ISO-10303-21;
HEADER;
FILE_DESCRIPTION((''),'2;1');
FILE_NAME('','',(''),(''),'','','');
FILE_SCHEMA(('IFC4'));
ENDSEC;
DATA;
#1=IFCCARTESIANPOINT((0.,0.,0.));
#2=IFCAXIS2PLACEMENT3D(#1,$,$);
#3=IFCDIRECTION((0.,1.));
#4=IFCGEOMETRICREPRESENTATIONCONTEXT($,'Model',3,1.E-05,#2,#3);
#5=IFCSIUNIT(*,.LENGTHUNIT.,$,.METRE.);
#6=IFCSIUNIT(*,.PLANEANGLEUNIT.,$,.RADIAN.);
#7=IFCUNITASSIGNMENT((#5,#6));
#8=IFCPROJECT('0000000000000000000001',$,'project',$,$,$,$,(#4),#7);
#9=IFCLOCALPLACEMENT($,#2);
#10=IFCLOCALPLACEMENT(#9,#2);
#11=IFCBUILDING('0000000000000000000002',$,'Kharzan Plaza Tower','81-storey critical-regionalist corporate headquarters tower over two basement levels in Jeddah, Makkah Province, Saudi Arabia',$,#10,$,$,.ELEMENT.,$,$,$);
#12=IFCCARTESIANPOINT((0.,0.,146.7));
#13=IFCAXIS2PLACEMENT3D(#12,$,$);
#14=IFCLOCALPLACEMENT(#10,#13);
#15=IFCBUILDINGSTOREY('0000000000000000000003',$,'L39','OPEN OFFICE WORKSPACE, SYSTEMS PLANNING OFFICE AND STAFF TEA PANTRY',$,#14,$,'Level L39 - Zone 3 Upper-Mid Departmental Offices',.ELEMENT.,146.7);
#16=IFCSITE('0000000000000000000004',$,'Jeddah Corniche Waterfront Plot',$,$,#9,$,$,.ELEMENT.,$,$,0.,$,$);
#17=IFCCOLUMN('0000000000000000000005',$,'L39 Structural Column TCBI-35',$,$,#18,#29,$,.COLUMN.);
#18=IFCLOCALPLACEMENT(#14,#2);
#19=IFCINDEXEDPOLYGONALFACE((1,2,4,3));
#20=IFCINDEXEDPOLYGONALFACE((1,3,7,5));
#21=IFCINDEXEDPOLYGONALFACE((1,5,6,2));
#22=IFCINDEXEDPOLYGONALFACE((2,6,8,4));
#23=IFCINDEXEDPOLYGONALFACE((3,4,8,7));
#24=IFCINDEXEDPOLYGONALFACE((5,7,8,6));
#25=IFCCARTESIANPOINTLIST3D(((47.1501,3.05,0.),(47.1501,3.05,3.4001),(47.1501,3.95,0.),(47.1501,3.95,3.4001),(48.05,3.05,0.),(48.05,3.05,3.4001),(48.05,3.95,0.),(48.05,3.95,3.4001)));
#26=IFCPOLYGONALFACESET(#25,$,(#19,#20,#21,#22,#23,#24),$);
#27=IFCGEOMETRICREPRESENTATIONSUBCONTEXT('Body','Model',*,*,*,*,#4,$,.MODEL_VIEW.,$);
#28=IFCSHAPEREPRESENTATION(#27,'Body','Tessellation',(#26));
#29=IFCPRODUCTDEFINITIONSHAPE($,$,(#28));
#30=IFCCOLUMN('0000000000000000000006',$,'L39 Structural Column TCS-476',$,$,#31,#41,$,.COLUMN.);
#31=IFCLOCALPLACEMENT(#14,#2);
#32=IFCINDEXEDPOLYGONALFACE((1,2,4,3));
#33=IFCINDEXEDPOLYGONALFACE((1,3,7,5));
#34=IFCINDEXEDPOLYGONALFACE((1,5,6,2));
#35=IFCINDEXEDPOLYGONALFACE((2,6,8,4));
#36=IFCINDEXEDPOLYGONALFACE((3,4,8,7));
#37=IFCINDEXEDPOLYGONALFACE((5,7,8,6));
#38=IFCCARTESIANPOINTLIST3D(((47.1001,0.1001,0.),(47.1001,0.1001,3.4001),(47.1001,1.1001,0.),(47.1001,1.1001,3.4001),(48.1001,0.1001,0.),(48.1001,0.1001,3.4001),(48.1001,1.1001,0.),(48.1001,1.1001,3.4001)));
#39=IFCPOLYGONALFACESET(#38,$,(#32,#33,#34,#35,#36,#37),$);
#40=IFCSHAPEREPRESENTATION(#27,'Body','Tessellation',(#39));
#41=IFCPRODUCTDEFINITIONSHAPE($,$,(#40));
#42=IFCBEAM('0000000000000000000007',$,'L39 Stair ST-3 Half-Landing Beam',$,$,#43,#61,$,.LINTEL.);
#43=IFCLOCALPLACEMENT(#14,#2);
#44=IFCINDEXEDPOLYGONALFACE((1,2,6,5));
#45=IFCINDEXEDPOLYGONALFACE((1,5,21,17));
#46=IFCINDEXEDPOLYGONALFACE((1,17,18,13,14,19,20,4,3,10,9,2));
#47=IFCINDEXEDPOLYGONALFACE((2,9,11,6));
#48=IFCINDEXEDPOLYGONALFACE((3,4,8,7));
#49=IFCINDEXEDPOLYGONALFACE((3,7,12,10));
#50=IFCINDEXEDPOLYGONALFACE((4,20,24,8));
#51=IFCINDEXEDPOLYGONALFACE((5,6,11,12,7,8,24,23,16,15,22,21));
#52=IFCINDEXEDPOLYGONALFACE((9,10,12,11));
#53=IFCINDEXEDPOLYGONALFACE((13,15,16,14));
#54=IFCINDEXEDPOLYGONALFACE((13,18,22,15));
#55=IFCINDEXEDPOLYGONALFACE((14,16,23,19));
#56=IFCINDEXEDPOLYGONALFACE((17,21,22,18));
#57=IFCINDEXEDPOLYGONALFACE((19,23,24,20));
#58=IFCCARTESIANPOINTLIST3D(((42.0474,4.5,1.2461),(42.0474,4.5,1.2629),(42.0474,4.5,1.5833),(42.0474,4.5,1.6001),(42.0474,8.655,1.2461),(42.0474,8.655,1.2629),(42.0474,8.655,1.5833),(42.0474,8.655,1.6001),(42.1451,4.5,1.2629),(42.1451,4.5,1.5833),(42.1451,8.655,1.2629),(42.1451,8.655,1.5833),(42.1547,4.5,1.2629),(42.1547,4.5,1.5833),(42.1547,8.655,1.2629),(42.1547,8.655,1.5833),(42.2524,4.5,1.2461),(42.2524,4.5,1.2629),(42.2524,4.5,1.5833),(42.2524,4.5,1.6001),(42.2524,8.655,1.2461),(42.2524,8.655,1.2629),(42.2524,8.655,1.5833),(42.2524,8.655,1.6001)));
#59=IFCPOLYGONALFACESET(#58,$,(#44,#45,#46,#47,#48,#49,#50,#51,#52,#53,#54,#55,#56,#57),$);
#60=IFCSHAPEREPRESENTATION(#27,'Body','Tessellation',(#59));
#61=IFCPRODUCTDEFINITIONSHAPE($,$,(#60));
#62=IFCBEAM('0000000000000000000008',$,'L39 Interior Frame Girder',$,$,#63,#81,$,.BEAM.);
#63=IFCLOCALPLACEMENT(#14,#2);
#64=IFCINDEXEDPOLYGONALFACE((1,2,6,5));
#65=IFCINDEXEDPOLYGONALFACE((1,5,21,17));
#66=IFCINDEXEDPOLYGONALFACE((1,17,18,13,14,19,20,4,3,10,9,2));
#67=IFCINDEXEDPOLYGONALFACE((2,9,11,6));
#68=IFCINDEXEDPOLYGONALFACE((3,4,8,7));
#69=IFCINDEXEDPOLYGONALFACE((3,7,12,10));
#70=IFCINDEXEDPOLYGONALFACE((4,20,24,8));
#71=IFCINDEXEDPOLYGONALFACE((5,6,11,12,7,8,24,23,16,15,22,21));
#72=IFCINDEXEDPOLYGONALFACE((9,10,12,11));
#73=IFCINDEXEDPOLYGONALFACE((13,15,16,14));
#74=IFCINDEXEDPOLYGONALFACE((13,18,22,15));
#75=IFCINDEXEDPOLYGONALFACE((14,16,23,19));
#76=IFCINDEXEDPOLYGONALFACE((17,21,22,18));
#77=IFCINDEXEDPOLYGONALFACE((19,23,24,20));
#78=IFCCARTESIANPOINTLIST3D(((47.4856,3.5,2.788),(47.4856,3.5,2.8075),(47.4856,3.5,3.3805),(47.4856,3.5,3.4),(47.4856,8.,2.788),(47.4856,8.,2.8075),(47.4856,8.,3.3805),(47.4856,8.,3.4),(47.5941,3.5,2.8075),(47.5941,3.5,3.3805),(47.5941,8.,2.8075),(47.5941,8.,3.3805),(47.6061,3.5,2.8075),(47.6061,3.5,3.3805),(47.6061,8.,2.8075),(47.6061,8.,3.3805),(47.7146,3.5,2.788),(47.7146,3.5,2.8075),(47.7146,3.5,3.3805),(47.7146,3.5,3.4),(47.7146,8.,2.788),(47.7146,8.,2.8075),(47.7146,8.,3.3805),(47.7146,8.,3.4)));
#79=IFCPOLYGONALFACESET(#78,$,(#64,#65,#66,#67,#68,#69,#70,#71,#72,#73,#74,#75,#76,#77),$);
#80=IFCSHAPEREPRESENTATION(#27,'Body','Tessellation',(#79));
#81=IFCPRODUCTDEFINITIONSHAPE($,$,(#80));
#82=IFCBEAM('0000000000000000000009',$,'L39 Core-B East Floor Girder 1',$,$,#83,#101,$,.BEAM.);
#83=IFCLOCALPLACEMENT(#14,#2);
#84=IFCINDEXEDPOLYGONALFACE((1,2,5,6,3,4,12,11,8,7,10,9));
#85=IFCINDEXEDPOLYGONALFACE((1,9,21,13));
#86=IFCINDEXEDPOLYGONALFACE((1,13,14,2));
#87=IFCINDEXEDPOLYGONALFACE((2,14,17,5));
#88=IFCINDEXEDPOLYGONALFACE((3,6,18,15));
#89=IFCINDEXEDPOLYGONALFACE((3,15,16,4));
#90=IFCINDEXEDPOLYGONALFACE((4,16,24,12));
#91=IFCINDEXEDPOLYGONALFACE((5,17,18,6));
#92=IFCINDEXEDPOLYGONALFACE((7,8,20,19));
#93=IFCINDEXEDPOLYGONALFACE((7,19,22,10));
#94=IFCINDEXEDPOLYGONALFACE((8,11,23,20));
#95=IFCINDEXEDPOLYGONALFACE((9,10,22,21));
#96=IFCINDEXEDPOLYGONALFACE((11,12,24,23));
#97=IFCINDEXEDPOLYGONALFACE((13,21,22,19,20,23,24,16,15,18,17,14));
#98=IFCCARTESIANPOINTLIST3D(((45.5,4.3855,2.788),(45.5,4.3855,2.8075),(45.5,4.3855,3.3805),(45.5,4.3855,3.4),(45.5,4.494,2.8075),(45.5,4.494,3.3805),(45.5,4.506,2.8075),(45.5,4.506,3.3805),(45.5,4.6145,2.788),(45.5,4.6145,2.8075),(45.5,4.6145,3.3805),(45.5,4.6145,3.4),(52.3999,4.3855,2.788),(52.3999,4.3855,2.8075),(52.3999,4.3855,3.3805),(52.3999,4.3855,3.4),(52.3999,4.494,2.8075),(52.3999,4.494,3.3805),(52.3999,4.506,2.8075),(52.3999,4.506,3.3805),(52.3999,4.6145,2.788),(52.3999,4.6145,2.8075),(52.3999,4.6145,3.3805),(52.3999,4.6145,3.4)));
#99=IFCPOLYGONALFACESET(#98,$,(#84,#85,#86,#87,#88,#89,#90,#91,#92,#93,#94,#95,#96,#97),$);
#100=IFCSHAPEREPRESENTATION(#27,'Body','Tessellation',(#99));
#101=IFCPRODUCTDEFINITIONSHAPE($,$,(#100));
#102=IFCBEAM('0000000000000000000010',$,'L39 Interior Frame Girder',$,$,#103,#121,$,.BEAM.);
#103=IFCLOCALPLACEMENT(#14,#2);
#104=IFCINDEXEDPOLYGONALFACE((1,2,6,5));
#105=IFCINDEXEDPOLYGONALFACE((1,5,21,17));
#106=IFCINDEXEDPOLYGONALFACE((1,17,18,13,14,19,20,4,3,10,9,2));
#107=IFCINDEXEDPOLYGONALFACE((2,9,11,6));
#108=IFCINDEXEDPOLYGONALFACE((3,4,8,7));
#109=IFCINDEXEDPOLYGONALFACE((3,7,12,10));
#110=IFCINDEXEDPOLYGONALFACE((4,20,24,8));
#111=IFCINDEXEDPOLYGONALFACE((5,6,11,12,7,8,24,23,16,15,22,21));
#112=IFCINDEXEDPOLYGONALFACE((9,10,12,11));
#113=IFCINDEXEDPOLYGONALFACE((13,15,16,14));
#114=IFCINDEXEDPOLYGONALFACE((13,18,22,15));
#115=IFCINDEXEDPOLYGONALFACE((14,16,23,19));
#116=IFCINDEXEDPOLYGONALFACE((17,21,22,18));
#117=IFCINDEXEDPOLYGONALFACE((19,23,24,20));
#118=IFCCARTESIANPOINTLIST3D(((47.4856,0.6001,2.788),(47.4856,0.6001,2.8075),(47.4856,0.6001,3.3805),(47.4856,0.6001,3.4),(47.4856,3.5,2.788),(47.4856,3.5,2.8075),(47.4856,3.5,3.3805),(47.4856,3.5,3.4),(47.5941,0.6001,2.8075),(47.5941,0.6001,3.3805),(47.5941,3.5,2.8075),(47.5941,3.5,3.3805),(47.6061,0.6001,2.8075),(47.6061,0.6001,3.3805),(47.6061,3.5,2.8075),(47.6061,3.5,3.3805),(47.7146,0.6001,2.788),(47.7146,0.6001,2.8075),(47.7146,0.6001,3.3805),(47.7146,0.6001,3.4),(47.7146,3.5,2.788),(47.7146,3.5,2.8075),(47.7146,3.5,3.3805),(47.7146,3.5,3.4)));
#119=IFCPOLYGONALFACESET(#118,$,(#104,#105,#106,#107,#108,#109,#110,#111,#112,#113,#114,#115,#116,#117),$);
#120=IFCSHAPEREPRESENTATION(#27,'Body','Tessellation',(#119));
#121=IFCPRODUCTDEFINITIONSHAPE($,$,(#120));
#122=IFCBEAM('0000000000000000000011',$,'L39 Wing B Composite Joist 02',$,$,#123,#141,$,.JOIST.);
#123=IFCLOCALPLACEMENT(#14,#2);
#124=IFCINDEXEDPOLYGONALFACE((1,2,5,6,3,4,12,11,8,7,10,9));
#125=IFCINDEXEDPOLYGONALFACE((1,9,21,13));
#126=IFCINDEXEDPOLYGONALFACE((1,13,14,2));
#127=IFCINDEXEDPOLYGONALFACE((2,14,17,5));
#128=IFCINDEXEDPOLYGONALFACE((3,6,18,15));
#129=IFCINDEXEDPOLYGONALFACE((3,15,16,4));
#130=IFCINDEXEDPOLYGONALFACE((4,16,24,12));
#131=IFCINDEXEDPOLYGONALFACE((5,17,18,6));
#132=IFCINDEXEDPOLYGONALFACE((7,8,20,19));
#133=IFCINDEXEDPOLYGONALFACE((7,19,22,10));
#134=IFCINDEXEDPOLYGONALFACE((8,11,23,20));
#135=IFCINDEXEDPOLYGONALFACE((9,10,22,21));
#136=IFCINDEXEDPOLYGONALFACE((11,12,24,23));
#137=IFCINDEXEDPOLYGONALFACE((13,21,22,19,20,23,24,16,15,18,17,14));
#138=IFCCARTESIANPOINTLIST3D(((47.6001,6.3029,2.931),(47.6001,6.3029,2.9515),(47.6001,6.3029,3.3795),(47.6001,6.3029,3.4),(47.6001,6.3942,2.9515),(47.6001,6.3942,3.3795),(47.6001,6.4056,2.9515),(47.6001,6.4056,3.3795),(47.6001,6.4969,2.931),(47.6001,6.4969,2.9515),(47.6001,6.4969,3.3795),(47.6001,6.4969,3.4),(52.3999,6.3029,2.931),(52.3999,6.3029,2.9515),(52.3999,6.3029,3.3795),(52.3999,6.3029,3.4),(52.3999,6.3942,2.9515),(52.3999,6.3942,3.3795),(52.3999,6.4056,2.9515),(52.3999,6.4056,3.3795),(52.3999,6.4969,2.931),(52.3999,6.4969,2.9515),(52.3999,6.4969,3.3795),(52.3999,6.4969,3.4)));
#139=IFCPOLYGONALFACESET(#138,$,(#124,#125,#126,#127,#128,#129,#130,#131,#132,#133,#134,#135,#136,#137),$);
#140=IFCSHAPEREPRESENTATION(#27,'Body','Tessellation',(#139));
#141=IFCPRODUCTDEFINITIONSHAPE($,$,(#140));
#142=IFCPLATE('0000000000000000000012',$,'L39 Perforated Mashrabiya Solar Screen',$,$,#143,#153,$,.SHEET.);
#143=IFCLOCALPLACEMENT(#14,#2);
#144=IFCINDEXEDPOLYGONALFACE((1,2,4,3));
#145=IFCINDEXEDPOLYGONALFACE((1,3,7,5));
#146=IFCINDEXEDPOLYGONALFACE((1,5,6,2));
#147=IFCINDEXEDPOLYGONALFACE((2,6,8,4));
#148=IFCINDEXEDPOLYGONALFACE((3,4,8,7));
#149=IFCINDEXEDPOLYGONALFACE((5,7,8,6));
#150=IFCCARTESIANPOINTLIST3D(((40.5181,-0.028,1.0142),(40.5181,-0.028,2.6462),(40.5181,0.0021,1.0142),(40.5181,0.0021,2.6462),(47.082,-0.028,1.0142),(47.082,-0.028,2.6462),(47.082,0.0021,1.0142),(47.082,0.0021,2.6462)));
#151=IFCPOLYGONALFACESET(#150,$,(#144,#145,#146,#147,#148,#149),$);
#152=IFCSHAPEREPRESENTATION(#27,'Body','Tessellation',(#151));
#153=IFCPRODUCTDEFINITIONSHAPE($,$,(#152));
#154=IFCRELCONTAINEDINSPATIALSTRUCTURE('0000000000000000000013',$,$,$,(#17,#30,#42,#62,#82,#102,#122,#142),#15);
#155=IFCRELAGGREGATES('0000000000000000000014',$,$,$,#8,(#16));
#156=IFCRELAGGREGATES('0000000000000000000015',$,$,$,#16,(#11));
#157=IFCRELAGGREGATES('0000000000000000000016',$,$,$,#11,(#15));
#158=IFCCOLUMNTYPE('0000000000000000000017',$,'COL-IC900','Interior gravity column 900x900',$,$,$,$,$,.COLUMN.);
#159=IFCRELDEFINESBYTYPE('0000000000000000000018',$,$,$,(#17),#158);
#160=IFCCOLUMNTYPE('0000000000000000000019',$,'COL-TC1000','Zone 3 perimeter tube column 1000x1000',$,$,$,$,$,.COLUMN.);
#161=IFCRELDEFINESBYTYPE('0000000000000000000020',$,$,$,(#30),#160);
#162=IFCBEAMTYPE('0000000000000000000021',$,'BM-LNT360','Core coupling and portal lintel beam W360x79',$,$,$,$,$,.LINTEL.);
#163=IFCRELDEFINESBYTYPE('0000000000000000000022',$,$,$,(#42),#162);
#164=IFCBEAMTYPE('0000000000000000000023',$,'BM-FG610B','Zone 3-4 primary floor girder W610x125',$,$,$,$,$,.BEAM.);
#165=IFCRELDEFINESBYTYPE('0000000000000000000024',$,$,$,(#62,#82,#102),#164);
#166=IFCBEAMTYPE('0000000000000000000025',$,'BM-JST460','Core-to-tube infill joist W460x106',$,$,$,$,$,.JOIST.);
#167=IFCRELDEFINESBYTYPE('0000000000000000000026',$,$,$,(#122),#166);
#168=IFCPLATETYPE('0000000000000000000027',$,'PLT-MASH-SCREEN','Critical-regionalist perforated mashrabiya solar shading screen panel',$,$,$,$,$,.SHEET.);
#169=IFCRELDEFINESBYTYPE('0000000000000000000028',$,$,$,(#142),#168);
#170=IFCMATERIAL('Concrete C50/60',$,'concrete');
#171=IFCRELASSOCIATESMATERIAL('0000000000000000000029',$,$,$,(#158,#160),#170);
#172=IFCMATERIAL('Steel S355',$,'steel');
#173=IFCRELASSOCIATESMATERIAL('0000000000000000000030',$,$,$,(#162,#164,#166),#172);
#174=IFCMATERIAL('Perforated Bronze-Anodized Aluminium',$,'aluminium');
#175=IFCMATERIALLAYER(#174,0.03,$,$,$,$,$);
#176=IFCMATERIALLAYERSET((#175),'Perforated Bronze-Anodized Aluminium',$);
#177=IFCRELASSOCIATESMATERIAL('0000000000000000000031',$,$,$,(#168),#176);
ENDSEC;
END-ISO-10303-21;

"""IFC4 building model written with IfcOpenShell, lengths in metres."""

from ifc_helpers import new_model, si_unit, direction, frame, origin, origin_2d, place, context, subcontext, project, spatial, rectangle, i_section, extrude, source, transform, mapped, material, layer, layer_set, material_profile, profile_set, type_object, element, save


model = new_model("IFC4")

# Units and contexts
model_context = context("Model", 3, precision=1e-05, world=origin(), true_north=direction((0.0, 1.0)))
body_context = subcontext(model_context, "Body", "Model", "MODEL_VIEW")
ifc_project = project(units=[si_unit("LENGTHUNIT", "METRE"), si_unit("PLANEANGLEUNIT", "RADIAN")], contexts=[model_context])

# Site, building, storey
site_placement = place(None, origin())
site = spatial("IfcSite", under=ifc_project, at=site_placement, Name="Jeddah Corniche Waterfront Plot", CompositionType="ELEMENT", RefElevation=0.0)
building_placement = place(site_placement, origin())
building = spatial("IfcBuilding", under=site, at=building_placement, Name="Kharzan Plaza Tower", Description="81-storey critical-regionalist corporate headquarters tower over two basement levels in Jeddah, Makkah Province, Saudi Arabia", CompositionType="ELEMENT")
storey_placement = place(building_placement, frame((0.0, 0.0, 146.7)))
storey = spatial("IfcBuildingStorey", under=building, at=storey_placement, Name="L39", Description="OPEN OFFICE WORKSPACE, SYSTEMS PLANNING OFFICE AND STAFF TEA PANTRY", LongName="Level L39 - Zone 3 Upper-Mid Departmental Offices", CompositionType="ELEMENT", Elevation=146.7)

# Columns
ifc_material_1 = material(Name="Concrete C50/60", Category="concrete")
ifc_material_profile_1 = material_profile(ifc_material_1, rectangle(XDim=0.8999, YDim=0.8999, at=origin_2d()), Name="RC-IC900x900")
ifc_profile_set_1 = profile_set([ifc_material_profile_1], Name="Concrete C50/60")
column_type_1 = type_object("IfcColumnType", Name="COL-IC900", Description="Interior gravity column 900x900", PredefinedType="COLUMN", material=ifc_profile_set_1)
shared_shape_1 = source(origin(), body_context, "Body", "SweptSolid", [
    extrude(rectangle(XDim=0.8999, YDim=0.8999, at=origin_2d()), origin(), (0.0, 0.0, 1.0), 3.4001),
])
column_1_placement = place(storey_placement, frame((47.6001, 3.5, 0.0), z_axis=(0.0, 0.0, 1.0), x_axis=(1.0, 0.0, 0.0)))
element("IfcColumn", 1, at=column_1_placement, inside=storey, type_object=column_type_1, Name="L39 Structural Column TCBI-35", PredefinedType="COLUMN", context=body_context, shape_type="MappedRepresentation", body=[
    mapped(shared_shape_1, transform((0.0, 0.0, 0.0), x_axis=(1.0, 0.0, 0.0), y_axis=(0.0, 1.0, 0.0), z_axis=(0.0, 0.0, 1.0))),
])
ifc_material_profile_2 = material_profile(ifc_material_1, rectangle(XDim=1.0, YDim=1.0, at=origin_2d()), Name="RC-TC1000x1000")
ifc_profile_set_2 = profile_set([ifc_material_profile_2], Name="Concrete C50/60")
column_type_2 = type_object("IfcColumnType", Name="COL-TC1000", Description="Zone 3 perimeter tube column 1000x1000", PredefinedType="COLUMN", material=ifc_profile_set_2)
shared_shape_2 = source(origin(), body_context, "Body", "SweptSolid", [
    extrude(rectangle(XDim=1.0, YDim=1.0, at=origin_2d()), origin(), (0.0, 0.0, 1.0), 3.4001),
])
column_2_placement = place(storey_placement, frame((47.6001, 0.6001, 0.0), z_axis=(0.0, 0.0, 1.0), x_axis=(1.0, 0.0, 0.0)))
element("IfcColumn", 2, at=column_2_placement, inside=storey, type_object=column_type_2, Name="L39 Structural Column TCS-476", PredefinedType="COLUMN", context=body_context, shape_type="MappedRepresentation", body=[
    mapped(shared_shape_2, transform((0.0, 0.0, 0.0), x_axis=(1.0, 0.0, 0.0), y_axis=(0.0, 1.0, 0.0), z_axis=(0.0, 0.0, 1.0))),
])

# Beams
ifc_material_2 = material(Name="Steel S355", Category="steel")
ifc_material_profile_3 = material_profile(ifc_material_2, i_section(OverallWidth=0.2051, OverallDepth=0.354, WebThickness=0.0095, FlangeThickness=0.0168, at=origin_2d()), Name="W360x79")
ifc_profile_set_3 = profile_set([ifc_material_profile_3], Name="Steel S355")
beam_type_1 = type_object("IfcBeamType", Name="BM-LNT360", Description="Core coupling and portal lintel beam W360x79", PredefinedType="LINTEL", material=ifc_profile_set_3)
shared_shape_3 = source(origin(), body_context, "Body", "SweptSolid", [
    extrude(i_section(OverallWidth=0.2051, OverallDepth=0.354, WebThickness=0.0095, FlangeThickness=0.0168, at=origin_2d()), origin(), (0.0, 0.0, 1.0), 4.155),
])
beam_1_placement = place(storey_placement, frame((42.1499, 4.5, 1.4231), z_axis=(0.0, 1.0, 0.0), x_axis=(-1.0, 0.0, 0.0)))
element("IfcBeam", 3, at=beam_1_placement, inside=storey, type_object=beam_type_1, Name="L39 Stair ST-3 Half-Landing Beam", PredefinedType="LINTEL", context=body_context, shape_type="MappedRepresentation", body=[
    mapped(shared_shape_3, transform((0.0, 0.0, 0.0), x_axis=(1.0, 0.0, 0.0), y_axis=(0.0, 1.0, 0.0), z_axis=(0.0, 0.0, 1.0))),
])
ifc_material_profile_4 = material_profile(ifc_material_2, i_section(OverallWidth=0.229, OverallDepth=0.6121, WebThickness=0.012, FlangeThickness=0.0195, at=origin_2d()), Name="W610x125")
ifc_profile_set_4 = profile_set([ifc_material_profile_4], Name="Steel S355")
beam_type_2 = type_object("IfcBeamType", Name="BM-FG610B", Description="Zone 3-4 primary floor girder W610x125", PredefinedType="BEAM", material=ifc_profile_set_4)
shared_shape_4 = source(origin(), body_context, "Body", "SweptSolid", [
    extrude(i_section(OverallWidth=0.229, OverallDepth=0.6121, WebThickness=0.012, FlangeThickness=0.0195, at=origin_2d()), origin(), (0.0, 0.0, 1.0), 4.5),
])
beam_2_placement = place(storey_placement, frame((47.6001, 3.5, 3.094), z_axis=(0.0, 1.0, 0.0), x_axis=(-1.0, 0.0, 0.0)))
element("IfcBeam", 4, at=beam_2_placement, inside=storey, type_object=beam_type_2, Name="L39 Interior Frame Girder", PredefinedType="BEAM", context=body_context, shape_type="MappedRepresentation", body=[
    mapped(shared_shape_4, transform((0.0, 0.0, 0.0), x_axis=(1.0, 0.0, 0.0), y_axis=(0.0, 1.0, 0.0), z_axis=(0.0, 0.0, 1.0))),
])
shared_shape_5 = source(origin(), body_context, "Body", "SweptSolid", [
    extrude(i_section(OverallWidth=0.229, OverallDepth=0.6121, WebThickness=0.012, FlangeThickness=0.0195, at=origin_2d()), origin(), (0.0, 0.0, 1.0), 6.8999),
])
beam_3_placement = place(storey_placement, frame((45.5, 4.5, 3.094), z_axis=(1.0, 0.0, 0.0), x_axis=(0.0, 1.0, 0.0)))
element("IfcBeam", 5, at=beam_3_placement, inside=storey, type_object=beam_type_2, Name="L39 Core-B East Floor Girder 1", PredefinedType="BEAM", context=body_context, shape_type="MappedRepresentation", body=[
    mapped(shared_shape_5, transform((0.0, 0.0, 0.0), x_axis=(1.0, 0.0, 0.0), y_axis=(0.0, 1.0, 0.0), z_axis=(0.0, 0.0, 1.0))),
])
shared_shape_6 = source(origin(), body_context, "Body", "SweptSolid", [
    extrude(i_section(OverallWidth=0.229, OverallDepth=0.6121, WebThickness=0.012, FlangeThickness=0.0195, at=origin_2d()), origin(), (0.0, 0.0, 1.0), 2.8999),
])
beam_4_placement = place(storey_placement, frame((47.6001, 0.6001, 3.094), z_axis=(0.0, 1.0, 0.0), x_axis=(-1.0, 0.0, 0.0)))
element("IfcBeam", 6, at=beam_4_placement, inside=storey, type_object=beam_type_2, Name="L39 Interior Frame Girder", PredefinedType="BEAM", context=body_context, shape_type="MappedRepresentation", body=[
    mapped(shared_shape_6, transform((0.0, 0.0, 0.0), x_axis=(1.0, 0.0, 0.0), y_axis=(0.0, 1.0, 0.0), z_axis=(0.0, 0.0, 1.0))),
])
ifc_material_profile_5 = material_profile(ifc_material_2, i_section(OverallWidth=0.1941, OverallDepth=0.469, WebThickness=0.0115, FlangeThickness=0.0205, at=origin_2d()), Name="W460x106")
ifc_profile_set_5 = profile_set([ifc_material_profile_5], Name="Steel S355")
beam_type_3 = type_object("IfcBeamType", Name="BM-JST460", Description="Core-to-tube infill joist W460x106", PredefinedType="JOIST", material=ifc_profile_set_5)
shared_shape_7 = source(origin(), body_context, "Body", "SweptSolid", [
    extrude(i_section(OverallWidth=0.1941, OverallDepth=0.469, WebThickness=0.0115, FlangeThickness=0.0205, at=origin_2d()), origin(), (0.0, 0.0, 1.0), 4.7998),
])
beam_5_placement = place(storey_placement, frame((47.6001, 6.3999, 3.1655), z_axis=(1.0, 0.0, 0.0), x_axis=(0.0, 1.0, 0.0)))
element("IfcBeam", 7, at=beam_5_placement, inside=storey, type_object=beam_type_3, Name="L39 Wing B Composite Joist 02", PredefinedType="JOIST", context=body_context, shape_type="MappedRepresentation", body=[
    mapped(shared_shape_7, transform((0.0, 0.0, 0.0), x_axis=(1.0, 0.0, 0.0), y_axis=(0.0, 1.0, 0.0), z_axis=(0.0, 0.0, 1.0))),
])

# Plate
ifc_material_3 = material(Name="Perforated Bronze-Anodized Aluminium", Category="aluminium")
ifc_layer_1 = layer(ifc_material_3, 0.03)
ifc_layer_set_1 = layer_set([ifc_layer_1], Name="Perforated Bronze-Anodized Aluminium")
plate_type = type_object("IfcPlateType", Name="PLT-MASH-SCREEN", Description="Critical-regionalist perforated mashrabiya solar shading screen panel", PredefinedType="SHEET", material=ifc_layer_set_1)
shared_shape_8 = source(origin(), body_context, "Body", "SweptSolid", [
    extrude(rectangle(XDim=6.564, YDim=0.03, at=origin_2d()), origin(), (0.0, 0.0, 1.0), 1.6321),
])
plate_placement = place(storey_placement, frame((43.8, -0.0129, 1.0142), z_axis=(0.0, 0.0, 1.0), x_axis=(1.0, 0.0, 0.0)))
element("IfcPlate", 8, at=plate_placement, inside=storey, type_object=plate_type, Name="L39 Perforated Mashrabiya Solar Screen", PredefinedType="SHEET", context=body_context, shape_type="MappedRepresentation", body=[
    mapped(shared_shape_8, transform((0.0, 0.0, 0.0), x_axis=(1.0, 0.0, 0.0), y_axis=(0.0, 1.0, 0.0), z_axis=(0.0, 0.0, 1.0))),
])

save(model, "model.ifc")
